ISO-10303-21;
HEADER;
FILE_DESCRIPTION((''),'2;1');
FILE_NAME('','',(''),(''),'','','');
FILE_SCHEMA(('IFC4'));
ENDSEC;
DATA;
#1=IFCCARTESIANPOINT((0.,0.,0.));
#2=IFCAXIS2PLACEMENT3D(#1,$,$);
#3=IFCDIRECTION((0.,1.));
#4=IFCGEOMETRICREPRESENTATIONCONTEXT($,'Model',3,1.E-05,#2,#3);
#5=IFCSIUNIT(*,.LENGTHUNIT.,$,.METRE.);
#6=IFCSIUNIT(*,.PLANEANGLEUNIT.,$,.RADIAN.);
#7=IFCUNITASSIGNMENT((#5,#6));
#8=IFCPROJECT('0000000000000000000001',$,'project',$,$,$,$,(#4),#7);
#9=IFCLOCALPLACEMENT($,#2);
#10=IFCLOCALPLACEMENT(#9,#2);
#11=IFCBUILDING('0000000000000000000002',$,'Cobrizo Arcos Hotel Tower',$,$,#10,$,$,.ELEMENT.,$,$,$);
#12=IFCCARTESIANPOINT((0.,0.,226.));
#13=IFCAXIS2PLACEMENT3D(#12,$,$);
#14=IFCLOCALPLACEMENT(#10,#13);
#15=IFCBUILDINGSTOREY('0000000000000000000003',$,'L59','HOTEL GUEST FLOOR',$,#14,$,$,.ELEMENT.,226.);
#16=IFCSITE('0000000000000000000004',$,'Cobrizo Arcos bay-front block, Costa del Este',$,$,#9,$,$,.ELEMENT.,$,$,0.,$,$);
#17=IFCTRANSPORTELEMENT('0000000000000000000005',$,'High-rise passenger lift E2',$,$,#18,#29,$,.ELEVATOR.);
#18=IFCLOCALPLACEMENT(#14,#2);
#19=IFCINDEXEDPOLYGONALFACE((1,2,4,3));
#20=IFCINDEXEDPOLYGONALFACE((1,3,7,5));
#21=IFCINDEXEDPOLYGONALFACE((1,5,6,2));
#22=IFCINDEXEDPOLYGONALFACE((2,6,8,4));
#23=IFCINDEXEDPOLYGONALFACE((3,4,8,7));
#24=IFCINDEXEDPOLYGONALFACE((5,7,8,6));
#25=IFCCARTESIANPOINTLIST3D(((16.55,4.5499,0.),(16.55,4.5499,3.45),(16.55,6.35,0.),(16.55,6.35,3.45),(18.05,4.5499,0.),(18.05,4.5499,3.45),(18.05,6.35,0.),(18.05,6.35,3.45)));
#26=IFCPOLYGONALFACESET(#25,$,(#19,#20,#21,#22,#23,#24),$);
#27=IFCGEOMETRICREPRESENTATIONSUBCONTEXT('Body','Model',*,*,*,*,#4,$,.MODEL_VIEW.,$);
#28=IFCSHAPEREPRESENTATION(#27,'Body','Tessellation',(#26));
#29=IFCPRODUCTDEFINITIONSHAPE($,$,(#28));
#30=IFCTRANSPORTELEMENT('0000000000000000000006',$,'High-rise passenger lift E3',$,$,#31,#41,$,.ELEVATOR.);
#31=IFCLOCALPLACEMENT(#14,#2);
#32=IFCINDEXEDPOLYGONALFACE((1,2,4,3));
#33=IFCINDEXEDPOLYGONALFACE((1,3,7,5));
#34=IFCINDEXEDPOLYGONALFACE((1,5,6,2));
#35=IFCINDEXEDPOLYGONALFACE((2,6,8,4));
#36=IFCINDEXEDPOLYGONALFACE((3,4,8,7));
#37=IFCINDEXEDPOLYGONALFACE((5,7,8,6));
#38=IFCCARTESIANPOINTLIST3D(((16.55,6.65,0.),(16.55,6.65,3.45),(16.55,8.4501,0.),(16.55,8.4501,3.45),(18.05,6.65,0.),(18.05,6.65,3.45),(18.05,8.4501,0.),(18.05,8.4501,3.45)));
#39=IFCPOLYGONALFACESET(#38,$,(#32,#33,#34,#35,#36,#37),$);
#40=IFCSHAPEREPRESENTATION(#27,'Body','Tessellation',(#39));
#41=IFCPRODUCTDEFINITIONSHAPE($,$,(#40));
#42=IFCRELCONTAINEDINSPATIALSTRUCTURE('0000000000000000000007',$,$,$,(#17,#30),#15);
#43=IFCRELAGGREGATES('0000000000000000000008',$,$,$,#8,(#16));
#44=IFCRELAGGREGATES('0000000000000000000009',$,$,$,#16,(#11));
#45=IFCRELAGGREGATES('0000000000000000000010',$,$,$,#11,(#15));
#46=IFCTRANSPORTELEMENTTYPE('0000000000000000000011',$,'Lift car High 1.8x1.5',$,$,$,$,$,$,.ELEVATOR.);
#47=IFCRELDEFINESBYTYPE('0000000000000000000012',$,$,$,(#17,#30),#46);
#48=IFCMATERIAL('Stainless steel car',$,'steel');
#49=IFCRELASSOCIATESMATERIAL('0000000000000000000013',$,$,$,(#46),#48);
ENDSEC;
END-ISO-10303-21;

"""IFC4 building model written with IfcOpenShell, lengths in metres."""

from ifc_helpers import new_model, si_unit, direction, frame, origin, origin_2d, place, context, subcontext, project, spatial, rectangle, extrude, material, type_object, element, save


model = new_model("IFC4")

# Units and contexts
model_context = context("Model", 3, precision=1e-05, world=origin(), true_north=direction((0.0, 1.0)))
body_context = subcontext(model_context, "Body", "Model", "MODEL_VIEW")
ifc_project = project(units=[si_unit("LENGTHUNIT", "METRE"), si_unit("PLANEANGLEUNIT", "RADIAN")], contexts=[model_context])

# Site, building, storey
site_placement = place(None, origin())
site = spatial("IfcSite", under=ifc_project, at=site_placement, Name="Cobrizo Arcos bay-front block, Costa del Este", CompositionType="ELEMENT", RefElevation=0.0)
building_placement = place(site_placement, origin())
building = spatial("IfcBuilding", under=site, at=building_placement, Name="Cobrizo Arcos Hotel Tower", CompositionType="ELEMENT")
storey_placement = place(building_placement, frame((0.0, 0.0, 226.0)))
storey = spatial("IfcBuildingStorey", under=building, at=storey_placement, Name="L59", Description="HOTEL GUEST FLOOR", CompositionType="ELEMENT", Elevation=226.0)

# Transport elements
ifc_material_1 = material(Name="Stainless steel car", Category="steel")
transport_element_type = type_object("IfcTransportElementType", Name="Lift car High 1.8x1.5", PredefinedType="ELEVATOR", material=ifc_material_1)
for number, where, z_axis, x_axis, name in (
    (1, (17.3, 5.45, 0.0), (0.0, 0.0, 1.0), (1.0, 0.0, 0.0), "High-rise passenger lift E2"),
    (2, (17.3, 7.55, 0.0), (0.0, 0.0, 1.0), (1.0, 0.0, 0.0), "High-rise passenger lift E3"),
):
    element("IfcTransportElement", number, at=place(storey_placement, frame(where, z_axis=z_axis, x_axis=x_axis)), inside=storey, type_object=transport_element_type, Name=name, PredefinedType="ELEVATOR", context=body_context, shape_type="SweptSolid", body=[
        extrude(rectangle(XDim=1.5, YDim=1.8, at=origin_2d()), origin(), (0.0, 0.0, 1.0), 3.45),
    ])

save(model, "model.ifc")
